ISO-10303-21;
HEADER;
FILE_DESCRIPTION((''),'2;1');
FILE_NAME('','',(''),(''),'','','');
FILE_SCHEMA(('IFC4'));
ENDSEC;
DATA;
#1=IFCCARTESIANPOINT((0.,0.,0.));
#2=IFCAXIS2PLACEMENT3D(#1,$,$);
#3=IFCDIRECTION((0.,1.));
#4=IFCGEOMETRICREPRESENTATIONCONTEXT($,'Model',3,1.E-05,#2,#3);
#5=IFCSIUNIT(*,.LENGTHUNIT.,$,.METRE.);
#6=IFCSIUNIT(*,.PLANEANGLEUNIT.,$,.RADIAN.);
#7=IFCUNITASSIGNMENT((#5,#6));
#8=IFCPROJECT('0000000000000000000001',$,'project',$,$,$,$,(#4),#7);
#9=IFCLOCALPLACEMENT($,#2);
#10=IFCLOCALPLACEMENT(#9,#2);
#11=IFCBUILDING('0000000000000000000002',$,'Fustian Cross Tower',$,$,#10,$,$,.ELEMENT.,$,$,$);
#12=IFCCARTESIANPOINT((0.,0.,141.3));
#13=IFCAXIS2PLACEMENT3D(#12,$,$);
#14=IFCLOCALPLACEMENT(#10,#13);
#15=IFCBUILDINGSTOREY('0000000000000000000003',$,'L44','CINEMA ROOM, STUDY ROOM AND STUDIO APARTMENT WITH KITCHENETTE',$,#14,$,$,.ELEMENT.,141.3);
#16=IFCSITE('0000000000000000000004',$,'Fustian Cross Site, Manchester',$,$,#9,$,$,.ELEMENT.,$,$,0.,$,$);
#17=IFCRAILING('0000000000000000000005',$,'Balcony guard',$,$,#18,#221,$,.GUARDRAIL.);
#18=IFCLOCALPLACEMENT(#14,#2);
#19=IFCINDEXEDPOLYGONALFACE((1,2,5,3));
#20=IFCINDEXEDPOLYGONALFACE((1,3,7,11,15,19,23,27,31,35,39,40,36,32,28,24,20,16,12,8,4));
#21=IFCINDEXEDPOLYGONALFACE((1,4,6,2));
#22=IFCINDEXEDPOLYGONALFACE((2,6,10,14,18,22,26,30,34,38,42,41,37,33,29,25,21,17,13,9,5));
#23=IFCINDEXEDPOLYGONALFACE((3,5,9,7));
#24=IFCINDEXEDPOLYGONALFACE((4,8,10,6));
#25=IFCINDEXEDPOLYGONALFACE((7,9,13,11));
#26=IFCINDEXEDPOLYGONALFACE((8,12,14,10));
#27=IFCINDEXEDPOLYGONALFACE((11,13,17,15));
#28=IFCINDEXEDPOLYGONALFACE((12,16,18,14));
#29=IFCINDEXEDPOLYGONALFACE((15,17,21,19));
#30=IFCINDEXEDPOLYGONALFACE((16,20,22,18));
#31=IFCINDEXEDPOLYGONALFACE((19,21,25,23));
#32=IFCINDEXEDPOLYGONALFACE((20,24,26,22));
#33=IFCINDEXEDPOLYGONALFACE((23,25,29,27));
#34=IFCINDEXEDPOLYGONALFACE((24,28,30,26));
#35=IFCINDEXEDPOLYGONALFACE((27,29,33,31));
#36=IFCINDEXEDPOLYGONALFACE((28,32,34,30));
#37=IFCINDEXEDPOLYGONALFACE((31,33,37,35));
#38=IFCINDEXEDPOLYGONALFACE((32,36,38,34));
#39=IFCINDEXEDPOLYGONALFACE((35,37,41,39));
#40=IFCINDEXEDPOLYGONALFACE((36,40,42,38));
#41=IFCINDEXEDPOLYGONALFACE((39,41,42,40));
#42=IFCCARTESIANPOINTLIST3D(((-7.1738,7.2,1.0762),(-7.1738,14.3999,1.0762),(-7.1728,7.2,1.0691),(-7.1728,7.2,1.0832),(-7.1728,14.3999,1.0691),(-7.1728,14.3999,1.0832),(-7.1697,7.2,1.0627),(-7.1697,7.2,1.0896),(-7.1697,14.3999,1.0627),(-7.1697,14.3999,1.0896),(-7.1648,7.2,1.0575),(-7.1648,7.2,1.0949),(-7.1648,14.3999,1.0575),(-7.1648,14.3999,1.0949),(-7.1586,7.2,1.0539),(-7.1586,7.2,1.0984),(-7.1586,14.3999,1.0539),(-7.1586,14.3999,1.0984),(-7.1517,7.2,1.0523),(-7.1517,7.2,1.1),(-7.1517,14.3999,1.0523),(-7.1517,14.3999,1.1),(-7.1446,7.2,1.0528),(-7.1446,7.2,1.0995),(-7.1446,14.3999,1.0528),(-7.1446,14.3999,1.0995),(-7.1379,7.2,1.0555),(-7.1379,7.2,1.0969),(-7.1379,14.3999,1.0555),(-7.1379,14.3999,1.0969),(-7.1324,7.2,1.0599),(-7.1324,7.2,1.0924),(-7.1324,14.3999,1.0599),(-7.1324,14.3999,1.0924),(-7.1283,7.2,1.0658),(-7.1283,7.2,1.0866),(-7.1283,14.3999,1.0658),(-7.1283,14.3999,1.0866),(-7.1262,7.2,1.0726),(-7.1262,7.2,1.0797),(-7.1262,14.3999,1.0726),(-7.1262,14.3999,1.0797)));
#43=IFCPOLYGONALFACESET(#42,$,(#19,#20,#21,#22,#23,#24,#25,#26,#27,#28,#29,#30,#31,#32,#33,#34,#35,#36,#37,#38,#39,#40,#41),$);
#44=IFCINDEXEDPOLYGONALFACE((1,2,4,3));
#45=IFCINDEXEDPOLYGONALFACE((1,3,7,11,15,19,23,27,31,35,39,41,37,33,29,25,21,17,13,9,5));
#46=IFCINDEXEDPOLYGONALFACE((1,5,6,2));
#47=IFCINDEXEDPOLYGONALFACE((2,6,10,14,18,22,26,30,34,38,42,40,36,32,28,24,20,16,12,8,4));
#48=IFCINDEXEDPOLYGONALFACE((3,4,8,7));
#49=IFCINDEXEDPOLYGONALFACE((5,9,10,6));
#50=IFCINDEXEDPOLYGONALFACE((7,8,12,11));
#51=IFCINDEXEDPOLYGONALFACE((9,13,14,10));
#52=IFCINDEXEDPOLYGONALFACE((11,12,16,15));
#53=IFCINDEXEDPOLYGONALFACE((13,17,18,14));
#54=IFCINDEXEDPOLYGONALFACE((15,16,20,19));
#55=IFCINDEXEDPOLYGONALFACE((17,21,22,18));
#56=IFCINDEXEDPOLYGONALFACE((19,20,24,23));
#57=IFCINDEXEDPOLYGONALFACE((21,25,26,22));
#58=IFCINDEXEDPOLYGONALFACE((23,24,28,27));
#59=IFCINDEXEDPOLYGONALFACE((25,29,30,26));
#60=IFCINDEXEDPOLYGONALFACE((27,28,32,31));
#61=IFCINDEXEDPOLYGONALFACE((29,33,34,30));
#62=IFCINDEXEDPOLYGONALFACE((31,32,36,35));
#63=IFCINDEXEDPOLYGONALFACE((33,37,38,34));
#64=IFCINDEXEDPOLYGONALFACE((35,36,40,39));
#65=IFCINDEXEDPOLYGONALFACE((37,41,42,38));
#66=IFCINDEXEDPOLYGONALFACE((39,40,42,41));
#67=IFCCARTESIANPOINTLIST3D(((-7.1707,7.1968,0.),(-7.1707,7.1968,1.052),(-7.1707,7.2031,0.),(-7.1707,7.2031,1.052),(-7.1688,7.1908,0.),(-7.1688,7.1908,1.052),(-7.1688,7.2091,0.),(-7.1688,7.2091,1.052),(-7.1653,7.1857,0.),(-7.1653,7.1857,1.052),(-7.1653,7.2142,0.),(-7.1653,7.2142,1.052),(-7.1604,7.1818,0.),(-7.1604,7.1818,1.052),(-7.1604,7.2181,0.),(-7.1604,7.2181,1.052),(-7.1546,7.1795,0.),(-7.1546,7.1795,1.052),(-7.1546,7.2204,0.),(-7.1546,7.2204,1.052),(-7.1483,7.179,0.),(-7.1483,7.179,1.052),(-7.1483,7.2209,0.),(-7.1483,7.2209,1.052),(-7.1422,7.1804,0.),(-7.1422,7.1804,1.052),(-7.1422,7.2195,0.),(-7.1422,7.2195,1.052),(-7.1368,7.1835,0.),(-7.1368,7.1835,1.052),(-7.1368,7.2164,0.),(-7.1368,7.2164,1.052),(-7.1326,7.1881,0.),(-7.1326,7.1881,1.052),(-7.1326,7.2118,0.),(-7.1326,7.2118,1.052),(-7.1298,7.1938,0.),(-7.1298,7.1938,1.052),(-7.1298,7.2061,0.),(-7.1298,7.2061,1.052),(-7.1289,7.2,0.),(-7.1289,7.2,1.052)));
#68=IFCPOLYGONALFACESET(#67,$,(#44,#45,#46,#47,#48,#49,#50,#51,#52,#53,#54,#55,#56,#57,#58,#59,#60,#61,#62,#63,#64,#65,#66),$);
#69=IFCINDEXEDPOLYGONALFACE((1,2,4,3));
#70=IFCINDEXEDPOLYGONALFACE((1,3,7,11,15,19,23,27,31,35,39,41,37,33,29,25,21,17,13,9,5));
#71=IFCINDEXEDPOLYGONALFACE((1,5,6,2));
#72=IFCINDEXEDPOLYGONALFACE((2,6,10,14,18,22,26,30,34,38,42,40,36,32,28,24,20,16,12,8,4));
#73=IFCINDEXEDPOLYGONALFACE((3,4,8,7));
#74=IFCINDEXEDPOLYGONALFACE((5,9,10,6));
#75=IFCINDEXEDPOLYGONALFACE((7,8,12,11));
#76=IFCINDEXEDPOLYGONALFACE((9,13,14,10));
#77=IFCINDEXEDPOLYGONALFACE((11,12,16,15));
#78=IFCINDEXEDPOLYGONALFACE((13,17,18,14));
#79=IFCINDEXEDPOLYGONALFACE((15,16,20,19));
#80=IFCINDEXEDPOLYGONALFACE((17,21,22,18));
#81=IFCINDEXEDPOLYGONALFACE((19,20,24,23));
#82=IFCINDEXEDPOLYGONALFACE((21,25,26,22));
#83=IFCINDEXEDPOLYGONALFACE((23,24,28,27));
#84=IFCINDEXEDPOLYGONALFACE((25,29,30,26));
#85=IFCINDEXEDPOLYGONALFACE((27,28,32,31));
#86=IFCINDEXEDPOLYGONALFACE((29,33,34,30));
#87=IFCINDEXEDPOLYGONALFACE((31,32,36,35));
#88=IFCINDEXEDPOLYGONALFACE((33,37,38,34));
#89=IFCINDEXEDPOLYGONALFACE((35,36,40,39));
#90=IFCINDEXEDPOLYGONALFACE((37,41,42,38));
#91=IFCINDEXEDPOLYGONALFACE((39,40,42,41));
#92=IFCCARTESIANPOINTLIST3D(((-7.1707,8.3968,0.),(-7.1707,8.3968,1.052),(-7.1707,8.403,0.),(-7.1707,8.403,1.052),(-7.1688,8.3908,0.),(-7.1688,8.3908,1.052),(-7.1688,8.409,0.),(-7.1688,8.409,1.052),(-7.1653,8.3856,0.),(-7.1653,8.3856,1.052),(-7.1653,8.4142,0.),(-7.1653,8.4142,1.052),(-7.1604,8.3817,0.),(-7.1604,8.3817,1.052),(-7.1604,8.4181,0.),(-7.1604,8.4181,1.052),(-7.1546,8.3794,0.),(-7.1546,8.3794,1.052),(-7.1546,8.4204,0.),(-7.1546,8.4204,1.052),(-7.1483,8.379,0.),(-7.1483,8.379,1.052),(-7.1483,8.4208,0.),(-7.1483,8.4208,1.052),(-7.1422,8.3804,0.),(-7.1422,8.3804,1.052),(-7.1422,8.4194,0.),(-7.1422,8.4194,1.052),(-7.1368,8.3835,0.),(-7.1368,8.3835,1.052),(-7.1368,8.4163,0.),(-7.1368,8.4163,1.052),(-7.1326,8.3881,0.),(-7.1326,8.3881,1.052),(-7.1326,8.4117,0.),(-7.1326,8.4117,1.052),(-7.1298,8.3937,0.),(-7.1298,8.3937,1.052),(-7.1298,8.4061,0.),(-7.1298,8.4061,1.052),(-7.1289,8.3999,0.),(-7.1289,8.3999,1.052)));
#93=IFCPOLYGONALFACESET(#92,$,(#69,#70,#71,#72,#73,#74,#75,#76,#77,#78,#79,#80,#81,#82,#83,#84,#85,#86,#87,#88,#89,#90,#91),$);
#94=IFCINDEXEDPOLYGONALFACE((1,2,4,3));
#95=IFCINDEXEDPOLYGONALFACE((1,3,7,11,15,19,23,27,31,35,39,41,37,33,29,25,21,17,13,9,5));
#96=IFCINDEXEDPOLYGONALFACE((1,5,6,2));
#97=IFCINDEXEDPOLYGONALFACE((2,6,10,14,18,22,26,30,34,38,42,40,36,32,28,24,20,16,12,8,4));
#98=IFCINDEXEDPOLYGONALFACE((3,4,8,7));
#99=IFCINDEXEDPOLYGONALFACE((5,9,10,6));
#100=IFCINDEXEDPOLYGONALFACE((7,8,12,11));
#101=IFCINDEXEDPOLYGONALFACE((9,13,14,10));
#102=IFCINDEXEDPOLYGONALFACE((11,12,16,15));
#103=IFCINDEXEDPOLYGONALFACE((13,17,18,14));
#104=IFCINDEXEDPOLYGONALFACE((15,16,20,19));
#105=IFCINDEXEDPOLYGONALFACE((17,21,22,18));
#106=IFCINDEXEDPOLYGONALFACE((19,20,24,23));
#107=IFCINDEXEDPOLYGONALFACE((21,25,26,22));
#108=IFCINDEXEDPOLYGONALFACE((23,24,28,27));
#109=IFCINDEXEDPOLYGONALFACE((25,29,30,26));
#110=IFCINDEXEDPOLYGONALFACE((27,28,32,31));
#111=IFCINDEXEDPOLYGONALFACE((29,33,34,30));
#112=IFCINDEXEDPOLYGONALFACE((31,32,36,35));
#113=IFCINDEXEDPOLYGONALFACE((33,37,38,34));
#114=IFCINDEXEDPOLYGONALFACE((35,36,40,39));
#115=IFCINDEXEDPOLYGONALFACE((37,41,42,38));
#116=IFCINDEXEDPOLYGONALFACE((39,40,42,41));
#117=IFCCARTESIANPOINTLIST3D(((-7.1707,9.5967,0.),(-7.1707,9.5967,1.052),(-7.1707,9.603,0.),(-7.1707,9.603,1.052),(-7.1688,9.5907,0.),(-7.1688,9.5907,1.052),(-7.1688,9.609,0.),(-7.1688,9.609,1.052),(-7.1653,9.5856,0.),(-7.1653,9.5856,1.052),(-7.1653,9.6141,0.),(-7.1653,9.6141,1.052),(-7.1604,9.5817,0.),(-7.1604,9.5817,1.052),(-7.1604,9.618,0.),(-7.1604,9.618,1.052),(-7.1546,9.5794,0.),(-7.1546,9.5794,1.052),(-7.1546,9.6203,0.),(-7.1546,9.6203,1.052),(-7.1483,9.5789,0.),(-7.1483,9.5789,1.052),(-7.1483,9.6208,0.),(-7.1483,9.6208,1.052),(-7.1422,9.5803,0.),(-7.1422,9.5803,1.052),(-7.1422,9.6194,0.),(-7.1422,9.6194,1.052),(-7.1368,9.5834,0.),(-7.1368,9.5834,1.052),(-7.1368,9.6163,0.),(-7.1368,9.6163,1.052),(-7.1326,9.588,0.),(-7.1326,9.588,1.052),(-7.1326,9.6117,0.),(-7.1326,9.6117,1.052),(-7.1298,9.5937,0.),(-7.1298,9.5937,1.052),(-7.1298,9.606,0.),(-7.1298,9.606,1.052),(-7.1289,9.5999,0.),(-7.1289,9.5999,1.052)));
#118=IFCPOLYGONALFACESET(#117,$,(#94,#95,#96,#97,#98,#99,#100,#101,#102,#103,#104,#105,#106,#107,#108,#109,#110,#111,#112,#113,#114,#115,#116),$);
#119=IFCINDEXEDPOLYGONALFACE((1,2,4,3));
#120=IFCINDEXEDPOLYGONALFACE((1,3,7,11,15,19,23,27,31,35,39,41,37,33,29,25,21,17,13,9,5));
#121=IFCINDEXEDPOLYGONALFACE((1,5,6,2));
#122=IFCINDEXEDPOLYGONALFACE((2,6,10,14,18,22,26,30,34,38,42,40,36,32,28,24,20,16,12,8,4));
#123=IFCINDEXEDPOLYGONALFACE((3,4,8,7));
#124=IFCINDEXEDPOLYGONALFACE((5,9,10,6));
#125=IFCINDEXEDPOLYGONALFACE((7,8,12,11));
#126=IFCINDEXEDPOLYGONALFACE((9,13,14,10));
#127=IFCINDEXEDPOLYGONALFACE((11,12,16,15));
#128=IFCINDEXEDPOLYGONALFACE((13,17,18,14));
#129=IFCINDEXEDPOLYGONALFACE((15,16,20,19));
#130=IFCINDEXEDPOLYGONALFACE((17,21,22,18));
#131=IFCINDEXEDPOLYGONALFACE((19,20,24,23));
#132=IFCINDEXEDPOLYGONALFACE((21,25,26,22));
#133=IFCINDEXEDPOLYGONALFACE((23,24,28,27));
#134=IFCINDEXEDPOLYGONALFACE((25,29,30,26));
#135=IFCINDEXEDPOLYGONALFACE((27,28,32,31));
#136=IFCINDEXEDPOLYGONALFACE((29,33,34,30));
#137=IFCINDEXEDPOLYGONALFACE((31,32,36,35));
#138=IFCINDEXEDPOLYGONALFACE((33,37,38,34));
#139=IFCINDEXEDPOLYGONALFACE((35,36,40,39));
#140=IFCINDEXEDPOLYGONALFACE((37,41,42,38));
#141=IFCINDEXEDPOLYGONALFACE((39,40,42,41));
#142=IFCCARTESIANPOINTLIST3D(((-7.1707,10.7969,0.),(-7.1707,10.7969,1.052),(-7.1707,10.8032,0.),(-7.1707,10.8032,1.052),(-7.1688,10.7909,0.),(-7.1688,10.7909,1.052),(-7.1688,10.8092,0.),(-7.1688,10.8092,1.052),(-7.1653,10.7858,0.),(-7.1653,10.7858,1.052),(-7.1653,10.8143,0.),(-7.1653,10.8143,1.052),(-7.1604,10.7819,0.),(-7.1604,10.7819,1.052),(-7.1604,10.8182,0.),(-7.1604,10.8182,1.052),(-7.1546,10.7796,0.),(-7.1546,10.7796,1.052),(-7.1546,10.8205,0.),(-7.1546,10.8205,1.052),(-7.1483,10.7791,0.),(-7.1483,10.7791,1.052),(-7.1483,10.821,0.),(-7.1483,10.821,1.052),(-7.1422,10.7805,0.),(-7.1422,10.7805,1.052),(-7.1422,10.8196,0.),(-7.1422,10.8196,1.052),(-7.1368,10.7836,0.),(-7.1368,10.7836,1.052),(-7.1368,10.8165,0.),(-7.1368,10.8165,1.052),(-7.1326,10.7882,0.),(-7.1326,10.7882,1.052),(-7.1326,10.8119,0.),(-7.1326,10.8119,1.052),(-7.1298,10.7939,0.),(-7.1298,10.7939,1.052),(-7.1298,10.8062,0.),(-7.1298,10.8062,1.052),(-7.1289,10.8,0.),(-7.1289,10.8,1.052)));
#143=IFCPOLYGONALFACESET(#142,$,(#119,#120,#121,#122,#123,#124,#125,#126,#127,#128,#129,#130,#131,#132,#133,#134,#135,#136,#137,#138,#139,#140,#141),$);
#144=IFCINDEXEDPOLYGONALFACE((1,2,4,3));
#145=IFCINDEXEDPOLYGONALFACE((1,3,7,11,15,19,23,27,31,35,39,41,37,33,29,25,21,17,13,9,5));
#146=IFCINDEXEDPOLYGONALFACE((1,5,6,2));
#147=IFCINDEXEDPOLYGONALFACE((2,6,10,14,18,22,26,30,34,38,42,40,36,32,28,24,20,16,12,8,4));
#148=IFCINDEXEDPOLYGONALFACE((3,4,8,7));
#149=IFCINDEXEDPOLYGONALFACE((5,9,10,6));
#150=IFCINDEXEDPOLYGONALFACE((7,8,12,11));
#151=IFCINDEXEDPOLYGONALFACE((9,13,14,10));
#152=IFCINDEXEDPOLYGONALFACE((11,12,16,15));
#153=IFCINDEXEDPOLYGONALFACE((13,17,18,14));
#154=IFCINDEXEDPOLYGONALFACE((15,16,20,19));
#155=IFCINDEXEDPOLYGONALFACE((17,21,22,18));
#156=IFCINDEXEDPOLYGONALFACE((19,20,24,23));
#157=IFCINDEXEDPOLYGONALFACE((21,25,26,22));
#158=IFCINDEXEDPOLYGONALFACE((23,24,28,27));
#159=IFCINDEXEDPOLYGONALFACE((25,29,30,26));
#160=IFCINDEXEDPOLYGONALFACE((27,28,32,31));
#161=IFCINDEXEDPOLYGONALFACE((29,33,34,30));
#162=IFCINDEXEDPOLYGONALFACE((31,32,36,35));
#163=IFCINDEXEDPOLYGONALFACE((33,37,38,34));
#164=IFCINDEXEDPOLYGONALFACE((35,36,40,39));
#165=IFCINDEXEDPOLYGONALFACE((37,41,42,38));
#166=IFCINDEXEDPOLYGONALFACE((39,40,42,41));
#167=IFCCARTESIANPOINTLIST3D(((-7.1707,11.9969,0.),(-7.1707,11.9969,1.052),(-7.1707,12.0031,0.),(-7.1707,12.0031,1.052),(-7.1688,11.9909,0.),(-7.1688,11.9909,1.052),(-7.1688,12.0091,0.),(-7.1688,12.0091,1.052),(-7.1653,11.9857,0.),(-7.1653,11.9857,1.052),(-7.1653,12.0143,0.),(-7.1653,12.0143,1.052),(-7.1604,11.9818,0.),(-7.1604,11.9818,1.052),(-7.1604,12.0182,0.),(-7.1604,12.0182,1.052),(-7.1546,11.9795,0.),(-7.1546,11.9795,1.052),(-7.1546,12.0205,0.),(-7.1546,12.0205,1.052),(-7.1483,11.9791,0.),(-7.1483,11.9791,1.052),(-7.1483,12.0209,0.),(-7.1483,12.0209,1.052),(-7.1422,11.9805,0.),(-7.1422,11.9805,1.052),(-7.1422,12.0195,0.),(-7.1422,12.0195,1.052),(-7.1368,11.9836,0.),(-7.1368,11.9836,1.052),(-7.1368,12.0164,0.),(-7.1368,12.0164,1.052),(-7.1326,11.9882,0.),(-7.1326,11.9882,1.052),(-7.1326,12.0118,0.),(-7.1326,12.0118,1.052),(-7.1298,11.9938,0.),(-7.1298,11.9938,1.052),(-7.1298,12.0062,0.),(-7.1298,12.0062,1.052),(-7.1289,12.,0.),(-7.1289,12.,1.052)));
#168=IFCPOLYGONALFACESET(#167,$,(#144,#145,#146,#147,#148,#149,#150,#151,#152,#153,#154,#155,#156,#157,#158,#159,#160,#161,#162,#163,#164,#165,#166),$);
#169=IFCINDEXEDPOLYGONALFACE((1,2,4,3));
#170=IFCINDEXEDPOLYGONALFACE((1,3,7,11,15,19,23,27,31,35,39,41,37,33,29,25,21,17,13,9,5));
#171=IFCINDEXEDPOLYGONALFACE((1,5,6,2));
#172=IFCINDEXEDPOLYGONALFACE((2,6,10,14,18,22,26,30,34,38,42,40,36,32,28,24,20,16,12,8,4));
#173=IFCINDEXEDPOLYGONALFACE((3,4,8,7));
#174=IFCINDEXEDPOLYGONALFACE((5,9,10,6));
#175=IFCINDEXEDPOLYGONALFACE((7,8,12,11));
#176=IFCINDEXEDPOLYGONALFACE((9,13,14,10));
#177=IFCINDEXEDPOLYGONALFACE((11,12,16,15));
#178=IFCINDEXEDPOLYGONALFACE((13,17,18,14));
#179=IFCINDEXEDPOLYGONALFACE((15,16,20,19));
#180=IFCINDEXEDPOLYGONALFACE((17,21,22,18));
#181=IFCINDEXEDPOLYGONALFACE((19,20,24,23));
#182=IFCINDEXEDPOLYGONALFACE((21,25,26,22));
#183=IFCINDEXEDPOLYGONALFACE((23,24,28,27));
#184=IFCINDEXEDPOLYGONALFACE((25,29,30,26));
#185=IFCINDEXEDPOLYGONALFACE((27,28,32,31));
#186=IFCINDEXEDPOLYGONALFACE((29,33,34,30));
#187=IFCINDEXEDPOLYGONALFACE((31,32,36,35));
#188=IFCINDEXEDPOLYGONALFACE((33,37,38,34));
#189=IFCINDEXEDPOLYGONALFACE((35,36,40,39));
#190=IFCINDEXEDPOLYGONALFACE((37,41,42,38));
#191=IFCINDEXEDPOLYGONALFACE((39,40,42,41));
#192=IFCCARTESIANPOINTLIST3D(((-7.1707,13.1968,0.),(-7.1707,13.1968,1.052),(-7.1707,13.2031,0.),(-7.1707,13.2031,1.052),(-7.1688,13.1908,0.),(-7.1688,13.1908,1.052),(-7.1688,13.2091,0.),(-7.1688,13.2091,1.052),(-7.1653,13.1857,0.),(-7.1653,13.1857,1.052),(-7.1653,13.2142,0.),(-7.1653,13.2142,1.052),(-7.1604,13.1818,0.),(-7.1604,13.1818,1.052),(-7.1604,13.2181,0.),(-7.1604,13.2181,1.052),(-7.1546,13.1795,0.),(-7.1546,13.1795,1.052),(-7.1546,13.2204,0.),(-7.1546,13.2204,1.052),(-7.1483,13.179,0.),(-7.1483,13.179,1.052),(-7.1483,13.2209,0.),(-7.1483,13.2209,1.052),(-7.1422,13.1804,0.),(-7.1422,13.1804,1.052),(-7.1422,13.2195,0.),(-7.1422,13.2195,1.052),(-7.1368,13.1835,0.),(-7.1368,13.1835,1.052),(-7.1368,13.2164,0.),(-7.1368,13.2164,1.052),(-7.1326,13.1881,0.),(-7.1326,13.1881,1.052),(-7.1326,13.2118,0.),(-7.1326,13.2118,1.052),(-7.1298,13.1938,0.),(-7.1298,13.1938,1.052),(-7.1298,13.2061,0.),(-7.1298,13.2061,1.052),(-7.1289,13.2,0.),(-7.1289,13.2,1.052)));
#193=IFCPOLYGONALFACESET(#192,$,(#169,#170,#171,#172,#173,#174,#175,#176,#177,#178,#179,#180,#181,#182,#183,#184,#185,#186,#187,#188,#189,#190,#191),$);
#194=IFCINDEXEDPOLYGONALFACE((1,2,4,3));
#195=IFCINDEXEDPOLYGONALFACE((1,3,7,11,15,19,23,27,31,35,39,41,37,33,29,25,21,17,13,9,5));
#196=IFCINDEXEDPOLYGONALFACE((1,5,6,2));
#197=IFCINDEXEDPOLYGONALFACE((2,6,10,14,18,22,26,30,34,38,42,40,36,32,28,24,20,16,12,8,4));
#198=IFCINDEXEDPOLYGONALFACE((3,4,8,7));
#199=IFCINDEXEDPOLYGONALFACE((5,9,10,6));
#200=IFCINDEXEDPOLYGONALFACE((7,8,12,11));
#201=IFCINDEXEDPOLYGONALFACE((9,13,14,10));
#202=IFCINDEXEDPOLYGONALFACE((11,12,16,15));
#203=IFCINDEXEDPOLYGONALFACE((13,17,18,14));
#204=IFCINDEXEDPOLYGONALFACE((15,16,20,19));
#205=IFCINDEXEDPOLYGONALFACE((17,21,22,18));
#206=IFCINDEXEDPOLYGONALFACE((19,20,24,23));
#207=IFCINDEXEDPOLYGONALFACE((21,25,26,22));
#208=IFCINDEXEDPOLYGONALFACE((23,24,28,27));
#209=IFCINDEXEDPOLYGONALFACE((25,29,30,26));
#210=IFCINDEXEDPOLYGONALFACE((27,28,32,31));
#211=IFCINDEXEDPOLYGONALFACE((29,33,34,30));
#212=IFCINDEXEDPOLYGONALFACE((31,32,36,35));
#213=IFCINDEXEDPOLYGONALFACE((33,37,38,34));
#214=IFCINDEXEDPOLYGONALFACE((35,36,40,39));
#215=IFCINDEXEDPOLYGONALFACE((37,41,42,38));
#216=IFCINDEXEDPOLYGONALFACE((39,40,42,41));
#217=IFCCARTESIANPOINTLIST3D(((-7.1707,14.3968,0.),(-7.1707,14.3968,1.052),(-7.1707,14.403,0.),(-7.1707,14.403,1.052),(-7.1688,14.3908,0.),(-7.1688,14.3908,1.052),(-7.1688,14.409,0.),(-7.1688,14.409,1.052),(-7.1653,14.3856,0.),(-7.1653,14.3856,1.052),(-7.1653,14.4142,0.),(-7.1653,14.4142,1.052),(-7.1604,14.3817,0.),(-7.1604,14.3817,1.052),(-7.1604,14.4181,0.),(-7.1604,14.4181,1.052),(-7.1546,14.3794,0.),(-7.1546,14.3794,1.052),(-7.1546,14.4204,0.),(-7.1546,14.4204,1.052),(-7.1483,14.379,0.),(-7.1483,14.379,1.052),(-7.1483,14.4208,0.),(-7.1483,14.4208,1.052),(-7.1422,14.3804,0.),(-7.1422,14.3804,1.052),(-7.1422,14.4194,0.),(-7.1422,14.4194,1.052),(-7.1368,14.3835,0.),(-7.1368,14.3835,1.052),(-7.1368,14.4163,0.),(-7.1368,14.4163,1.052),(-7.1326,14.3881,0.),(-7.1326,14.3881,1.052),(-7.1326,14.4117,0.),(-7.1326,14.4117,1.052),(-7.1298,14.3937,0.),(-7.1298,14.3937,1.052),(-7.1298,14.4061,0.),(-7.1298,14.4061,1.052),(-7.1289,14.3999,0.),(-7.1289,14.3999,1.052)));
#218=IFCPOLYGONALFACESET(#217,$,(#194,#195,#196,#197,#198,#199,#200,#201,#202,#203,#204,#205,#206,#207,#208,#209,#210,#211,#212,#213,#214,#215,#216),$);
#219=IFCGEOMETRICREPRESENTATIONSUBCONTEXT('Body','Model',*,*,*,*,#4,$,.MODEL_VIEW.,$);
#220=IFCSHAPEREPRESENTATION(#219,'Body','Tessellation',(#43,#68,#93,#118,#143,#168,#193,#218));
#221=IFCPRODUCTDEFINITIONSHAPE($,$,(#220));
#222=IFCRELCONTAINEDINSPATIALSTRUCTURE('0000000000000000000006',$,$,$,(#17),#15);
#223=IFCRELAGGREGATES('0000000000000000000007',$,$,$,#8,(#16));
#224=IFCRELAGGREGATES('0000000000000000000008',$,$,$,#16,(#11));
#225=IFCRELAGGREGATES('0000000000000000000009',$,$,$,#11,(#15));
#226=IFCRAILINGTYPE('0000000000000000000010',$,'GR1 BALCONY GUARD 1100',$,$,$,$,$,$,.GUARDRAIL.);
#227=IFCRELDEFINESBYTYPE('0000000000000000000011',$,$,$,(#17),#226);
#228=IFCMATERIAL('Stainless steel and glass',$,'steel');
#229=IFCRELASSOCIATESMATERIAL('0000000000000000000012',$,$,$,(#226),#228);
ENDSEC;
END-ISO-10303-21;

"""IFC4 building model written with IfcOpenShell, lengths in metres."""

from ifc_helpers import new_model, si_unit, direction, frame, origin, origin_2d, place, context, subcontext, project, spatial, circle, extrude, material, type_object, element, save


model = new_model("IFC4")

# Units and contexts
model_context = context("Model", 3, precision=1e-05, world=origin(), true_north=direction((0.0, 1.0)))
body_context = subcontext(model_context, "Body", "Model", "MODEL_VIEW")
ifc_project = project(units=[si_unit("LENGTHUNIT", "METRE"), si_unit("PLANEANGLEUNIT", "RADIAN")], contexts=[model_context])

# Site, building, storey
site_placement = place(None, origin())
site = spatial("IfcSite", under=ifc_project, at=site_placement, Name="Fustian Cross Site, Manchester", CompositionType="ELEMENT", RefElevation=0.0)
building_placement = place(site_placement, origin())
building = spatial("IfcBuilding", under=site, at=building_placement, Name="Fustian Cross Tower", CompositionType="ELEMENT")
storey_placement = place(building_placement, frame((0.0, 0.0, 141.3)))
storey = spatial("IfcBuildingStorey", under=building, at=storey_placement, Name="L44", Description="CINEMA ROOM, STUDY ROOM AND STUDIO APARTMENT WITH KITCHENETTE", CompositionType="ELEMENT", Elevation=141.3)

# Railing
ifc_material_1 = material(Name="Stainless steel and glass", Category="steel")
railing_type = type_object("IfcRailingType", Name="GR1 BALCONY GUARD 1100", PredefinedType="GUARDRAIL", material=ifc_material_1)
railing_placement = place(storey_placement, frame((-7.1499, 7.2, 0.0)))
element("IfcRailing", 1, at=railing_placement, inside=storey, type_object=railing_type, Name="Balcony guard", PredefinedType="GUARDRAIL", context=body_context, shape_type="SweptSolid", body=[
    extrude(circle(Radius=0.0239, at=origin_2d()), frame((0.0, 0.0, 1.0762), z_axis=(0.0, 1.0, 0.0), x_axis=(-1.0, 0.0, 0.0)), (0.0, 0.0, 1.0), 7.2),
    extrude(circle(Radius=0.021, at=origin_2d()), origin(), (0.0, 0.0, 1.0), 1.052),
    extrude(circle(Radius=0.021, at=origin_2d()), frame((0.0, 1.2, 0.0)), (0.0, 0.0, 1.0), 1.052),
    extrude(circle(Radius=0.021, at=origin_2d()), frame((0.0, 2.3999, 0.0)), (0.0, 0.0, 1.0), 1.052),
    extrude(circle(Radius=0.021, at=origin_2d()), frame((0.0, 3.6001, 0.0)), (0.0, 0.0, 1.0), 1.052),
    extrude(circle(Radius=0.021, at=origin_2d()), frame((0.0, 4.8, 0.0)), (0.0, 0.0, 1.0), 1.052),
    extrude(circle(Radius=0.021, at=origin_2d()), frame((0.0, 6.0, 0.0)), (0.0, 0.0, 1.0), 1.052),
    extrude(circle(Radius=0.021, at=origin_2d()), frame((0.0, 7.2, 0.0)), (0.0, 0.0, 1.0), 1.052),
])

save(model, "model.ifc")
